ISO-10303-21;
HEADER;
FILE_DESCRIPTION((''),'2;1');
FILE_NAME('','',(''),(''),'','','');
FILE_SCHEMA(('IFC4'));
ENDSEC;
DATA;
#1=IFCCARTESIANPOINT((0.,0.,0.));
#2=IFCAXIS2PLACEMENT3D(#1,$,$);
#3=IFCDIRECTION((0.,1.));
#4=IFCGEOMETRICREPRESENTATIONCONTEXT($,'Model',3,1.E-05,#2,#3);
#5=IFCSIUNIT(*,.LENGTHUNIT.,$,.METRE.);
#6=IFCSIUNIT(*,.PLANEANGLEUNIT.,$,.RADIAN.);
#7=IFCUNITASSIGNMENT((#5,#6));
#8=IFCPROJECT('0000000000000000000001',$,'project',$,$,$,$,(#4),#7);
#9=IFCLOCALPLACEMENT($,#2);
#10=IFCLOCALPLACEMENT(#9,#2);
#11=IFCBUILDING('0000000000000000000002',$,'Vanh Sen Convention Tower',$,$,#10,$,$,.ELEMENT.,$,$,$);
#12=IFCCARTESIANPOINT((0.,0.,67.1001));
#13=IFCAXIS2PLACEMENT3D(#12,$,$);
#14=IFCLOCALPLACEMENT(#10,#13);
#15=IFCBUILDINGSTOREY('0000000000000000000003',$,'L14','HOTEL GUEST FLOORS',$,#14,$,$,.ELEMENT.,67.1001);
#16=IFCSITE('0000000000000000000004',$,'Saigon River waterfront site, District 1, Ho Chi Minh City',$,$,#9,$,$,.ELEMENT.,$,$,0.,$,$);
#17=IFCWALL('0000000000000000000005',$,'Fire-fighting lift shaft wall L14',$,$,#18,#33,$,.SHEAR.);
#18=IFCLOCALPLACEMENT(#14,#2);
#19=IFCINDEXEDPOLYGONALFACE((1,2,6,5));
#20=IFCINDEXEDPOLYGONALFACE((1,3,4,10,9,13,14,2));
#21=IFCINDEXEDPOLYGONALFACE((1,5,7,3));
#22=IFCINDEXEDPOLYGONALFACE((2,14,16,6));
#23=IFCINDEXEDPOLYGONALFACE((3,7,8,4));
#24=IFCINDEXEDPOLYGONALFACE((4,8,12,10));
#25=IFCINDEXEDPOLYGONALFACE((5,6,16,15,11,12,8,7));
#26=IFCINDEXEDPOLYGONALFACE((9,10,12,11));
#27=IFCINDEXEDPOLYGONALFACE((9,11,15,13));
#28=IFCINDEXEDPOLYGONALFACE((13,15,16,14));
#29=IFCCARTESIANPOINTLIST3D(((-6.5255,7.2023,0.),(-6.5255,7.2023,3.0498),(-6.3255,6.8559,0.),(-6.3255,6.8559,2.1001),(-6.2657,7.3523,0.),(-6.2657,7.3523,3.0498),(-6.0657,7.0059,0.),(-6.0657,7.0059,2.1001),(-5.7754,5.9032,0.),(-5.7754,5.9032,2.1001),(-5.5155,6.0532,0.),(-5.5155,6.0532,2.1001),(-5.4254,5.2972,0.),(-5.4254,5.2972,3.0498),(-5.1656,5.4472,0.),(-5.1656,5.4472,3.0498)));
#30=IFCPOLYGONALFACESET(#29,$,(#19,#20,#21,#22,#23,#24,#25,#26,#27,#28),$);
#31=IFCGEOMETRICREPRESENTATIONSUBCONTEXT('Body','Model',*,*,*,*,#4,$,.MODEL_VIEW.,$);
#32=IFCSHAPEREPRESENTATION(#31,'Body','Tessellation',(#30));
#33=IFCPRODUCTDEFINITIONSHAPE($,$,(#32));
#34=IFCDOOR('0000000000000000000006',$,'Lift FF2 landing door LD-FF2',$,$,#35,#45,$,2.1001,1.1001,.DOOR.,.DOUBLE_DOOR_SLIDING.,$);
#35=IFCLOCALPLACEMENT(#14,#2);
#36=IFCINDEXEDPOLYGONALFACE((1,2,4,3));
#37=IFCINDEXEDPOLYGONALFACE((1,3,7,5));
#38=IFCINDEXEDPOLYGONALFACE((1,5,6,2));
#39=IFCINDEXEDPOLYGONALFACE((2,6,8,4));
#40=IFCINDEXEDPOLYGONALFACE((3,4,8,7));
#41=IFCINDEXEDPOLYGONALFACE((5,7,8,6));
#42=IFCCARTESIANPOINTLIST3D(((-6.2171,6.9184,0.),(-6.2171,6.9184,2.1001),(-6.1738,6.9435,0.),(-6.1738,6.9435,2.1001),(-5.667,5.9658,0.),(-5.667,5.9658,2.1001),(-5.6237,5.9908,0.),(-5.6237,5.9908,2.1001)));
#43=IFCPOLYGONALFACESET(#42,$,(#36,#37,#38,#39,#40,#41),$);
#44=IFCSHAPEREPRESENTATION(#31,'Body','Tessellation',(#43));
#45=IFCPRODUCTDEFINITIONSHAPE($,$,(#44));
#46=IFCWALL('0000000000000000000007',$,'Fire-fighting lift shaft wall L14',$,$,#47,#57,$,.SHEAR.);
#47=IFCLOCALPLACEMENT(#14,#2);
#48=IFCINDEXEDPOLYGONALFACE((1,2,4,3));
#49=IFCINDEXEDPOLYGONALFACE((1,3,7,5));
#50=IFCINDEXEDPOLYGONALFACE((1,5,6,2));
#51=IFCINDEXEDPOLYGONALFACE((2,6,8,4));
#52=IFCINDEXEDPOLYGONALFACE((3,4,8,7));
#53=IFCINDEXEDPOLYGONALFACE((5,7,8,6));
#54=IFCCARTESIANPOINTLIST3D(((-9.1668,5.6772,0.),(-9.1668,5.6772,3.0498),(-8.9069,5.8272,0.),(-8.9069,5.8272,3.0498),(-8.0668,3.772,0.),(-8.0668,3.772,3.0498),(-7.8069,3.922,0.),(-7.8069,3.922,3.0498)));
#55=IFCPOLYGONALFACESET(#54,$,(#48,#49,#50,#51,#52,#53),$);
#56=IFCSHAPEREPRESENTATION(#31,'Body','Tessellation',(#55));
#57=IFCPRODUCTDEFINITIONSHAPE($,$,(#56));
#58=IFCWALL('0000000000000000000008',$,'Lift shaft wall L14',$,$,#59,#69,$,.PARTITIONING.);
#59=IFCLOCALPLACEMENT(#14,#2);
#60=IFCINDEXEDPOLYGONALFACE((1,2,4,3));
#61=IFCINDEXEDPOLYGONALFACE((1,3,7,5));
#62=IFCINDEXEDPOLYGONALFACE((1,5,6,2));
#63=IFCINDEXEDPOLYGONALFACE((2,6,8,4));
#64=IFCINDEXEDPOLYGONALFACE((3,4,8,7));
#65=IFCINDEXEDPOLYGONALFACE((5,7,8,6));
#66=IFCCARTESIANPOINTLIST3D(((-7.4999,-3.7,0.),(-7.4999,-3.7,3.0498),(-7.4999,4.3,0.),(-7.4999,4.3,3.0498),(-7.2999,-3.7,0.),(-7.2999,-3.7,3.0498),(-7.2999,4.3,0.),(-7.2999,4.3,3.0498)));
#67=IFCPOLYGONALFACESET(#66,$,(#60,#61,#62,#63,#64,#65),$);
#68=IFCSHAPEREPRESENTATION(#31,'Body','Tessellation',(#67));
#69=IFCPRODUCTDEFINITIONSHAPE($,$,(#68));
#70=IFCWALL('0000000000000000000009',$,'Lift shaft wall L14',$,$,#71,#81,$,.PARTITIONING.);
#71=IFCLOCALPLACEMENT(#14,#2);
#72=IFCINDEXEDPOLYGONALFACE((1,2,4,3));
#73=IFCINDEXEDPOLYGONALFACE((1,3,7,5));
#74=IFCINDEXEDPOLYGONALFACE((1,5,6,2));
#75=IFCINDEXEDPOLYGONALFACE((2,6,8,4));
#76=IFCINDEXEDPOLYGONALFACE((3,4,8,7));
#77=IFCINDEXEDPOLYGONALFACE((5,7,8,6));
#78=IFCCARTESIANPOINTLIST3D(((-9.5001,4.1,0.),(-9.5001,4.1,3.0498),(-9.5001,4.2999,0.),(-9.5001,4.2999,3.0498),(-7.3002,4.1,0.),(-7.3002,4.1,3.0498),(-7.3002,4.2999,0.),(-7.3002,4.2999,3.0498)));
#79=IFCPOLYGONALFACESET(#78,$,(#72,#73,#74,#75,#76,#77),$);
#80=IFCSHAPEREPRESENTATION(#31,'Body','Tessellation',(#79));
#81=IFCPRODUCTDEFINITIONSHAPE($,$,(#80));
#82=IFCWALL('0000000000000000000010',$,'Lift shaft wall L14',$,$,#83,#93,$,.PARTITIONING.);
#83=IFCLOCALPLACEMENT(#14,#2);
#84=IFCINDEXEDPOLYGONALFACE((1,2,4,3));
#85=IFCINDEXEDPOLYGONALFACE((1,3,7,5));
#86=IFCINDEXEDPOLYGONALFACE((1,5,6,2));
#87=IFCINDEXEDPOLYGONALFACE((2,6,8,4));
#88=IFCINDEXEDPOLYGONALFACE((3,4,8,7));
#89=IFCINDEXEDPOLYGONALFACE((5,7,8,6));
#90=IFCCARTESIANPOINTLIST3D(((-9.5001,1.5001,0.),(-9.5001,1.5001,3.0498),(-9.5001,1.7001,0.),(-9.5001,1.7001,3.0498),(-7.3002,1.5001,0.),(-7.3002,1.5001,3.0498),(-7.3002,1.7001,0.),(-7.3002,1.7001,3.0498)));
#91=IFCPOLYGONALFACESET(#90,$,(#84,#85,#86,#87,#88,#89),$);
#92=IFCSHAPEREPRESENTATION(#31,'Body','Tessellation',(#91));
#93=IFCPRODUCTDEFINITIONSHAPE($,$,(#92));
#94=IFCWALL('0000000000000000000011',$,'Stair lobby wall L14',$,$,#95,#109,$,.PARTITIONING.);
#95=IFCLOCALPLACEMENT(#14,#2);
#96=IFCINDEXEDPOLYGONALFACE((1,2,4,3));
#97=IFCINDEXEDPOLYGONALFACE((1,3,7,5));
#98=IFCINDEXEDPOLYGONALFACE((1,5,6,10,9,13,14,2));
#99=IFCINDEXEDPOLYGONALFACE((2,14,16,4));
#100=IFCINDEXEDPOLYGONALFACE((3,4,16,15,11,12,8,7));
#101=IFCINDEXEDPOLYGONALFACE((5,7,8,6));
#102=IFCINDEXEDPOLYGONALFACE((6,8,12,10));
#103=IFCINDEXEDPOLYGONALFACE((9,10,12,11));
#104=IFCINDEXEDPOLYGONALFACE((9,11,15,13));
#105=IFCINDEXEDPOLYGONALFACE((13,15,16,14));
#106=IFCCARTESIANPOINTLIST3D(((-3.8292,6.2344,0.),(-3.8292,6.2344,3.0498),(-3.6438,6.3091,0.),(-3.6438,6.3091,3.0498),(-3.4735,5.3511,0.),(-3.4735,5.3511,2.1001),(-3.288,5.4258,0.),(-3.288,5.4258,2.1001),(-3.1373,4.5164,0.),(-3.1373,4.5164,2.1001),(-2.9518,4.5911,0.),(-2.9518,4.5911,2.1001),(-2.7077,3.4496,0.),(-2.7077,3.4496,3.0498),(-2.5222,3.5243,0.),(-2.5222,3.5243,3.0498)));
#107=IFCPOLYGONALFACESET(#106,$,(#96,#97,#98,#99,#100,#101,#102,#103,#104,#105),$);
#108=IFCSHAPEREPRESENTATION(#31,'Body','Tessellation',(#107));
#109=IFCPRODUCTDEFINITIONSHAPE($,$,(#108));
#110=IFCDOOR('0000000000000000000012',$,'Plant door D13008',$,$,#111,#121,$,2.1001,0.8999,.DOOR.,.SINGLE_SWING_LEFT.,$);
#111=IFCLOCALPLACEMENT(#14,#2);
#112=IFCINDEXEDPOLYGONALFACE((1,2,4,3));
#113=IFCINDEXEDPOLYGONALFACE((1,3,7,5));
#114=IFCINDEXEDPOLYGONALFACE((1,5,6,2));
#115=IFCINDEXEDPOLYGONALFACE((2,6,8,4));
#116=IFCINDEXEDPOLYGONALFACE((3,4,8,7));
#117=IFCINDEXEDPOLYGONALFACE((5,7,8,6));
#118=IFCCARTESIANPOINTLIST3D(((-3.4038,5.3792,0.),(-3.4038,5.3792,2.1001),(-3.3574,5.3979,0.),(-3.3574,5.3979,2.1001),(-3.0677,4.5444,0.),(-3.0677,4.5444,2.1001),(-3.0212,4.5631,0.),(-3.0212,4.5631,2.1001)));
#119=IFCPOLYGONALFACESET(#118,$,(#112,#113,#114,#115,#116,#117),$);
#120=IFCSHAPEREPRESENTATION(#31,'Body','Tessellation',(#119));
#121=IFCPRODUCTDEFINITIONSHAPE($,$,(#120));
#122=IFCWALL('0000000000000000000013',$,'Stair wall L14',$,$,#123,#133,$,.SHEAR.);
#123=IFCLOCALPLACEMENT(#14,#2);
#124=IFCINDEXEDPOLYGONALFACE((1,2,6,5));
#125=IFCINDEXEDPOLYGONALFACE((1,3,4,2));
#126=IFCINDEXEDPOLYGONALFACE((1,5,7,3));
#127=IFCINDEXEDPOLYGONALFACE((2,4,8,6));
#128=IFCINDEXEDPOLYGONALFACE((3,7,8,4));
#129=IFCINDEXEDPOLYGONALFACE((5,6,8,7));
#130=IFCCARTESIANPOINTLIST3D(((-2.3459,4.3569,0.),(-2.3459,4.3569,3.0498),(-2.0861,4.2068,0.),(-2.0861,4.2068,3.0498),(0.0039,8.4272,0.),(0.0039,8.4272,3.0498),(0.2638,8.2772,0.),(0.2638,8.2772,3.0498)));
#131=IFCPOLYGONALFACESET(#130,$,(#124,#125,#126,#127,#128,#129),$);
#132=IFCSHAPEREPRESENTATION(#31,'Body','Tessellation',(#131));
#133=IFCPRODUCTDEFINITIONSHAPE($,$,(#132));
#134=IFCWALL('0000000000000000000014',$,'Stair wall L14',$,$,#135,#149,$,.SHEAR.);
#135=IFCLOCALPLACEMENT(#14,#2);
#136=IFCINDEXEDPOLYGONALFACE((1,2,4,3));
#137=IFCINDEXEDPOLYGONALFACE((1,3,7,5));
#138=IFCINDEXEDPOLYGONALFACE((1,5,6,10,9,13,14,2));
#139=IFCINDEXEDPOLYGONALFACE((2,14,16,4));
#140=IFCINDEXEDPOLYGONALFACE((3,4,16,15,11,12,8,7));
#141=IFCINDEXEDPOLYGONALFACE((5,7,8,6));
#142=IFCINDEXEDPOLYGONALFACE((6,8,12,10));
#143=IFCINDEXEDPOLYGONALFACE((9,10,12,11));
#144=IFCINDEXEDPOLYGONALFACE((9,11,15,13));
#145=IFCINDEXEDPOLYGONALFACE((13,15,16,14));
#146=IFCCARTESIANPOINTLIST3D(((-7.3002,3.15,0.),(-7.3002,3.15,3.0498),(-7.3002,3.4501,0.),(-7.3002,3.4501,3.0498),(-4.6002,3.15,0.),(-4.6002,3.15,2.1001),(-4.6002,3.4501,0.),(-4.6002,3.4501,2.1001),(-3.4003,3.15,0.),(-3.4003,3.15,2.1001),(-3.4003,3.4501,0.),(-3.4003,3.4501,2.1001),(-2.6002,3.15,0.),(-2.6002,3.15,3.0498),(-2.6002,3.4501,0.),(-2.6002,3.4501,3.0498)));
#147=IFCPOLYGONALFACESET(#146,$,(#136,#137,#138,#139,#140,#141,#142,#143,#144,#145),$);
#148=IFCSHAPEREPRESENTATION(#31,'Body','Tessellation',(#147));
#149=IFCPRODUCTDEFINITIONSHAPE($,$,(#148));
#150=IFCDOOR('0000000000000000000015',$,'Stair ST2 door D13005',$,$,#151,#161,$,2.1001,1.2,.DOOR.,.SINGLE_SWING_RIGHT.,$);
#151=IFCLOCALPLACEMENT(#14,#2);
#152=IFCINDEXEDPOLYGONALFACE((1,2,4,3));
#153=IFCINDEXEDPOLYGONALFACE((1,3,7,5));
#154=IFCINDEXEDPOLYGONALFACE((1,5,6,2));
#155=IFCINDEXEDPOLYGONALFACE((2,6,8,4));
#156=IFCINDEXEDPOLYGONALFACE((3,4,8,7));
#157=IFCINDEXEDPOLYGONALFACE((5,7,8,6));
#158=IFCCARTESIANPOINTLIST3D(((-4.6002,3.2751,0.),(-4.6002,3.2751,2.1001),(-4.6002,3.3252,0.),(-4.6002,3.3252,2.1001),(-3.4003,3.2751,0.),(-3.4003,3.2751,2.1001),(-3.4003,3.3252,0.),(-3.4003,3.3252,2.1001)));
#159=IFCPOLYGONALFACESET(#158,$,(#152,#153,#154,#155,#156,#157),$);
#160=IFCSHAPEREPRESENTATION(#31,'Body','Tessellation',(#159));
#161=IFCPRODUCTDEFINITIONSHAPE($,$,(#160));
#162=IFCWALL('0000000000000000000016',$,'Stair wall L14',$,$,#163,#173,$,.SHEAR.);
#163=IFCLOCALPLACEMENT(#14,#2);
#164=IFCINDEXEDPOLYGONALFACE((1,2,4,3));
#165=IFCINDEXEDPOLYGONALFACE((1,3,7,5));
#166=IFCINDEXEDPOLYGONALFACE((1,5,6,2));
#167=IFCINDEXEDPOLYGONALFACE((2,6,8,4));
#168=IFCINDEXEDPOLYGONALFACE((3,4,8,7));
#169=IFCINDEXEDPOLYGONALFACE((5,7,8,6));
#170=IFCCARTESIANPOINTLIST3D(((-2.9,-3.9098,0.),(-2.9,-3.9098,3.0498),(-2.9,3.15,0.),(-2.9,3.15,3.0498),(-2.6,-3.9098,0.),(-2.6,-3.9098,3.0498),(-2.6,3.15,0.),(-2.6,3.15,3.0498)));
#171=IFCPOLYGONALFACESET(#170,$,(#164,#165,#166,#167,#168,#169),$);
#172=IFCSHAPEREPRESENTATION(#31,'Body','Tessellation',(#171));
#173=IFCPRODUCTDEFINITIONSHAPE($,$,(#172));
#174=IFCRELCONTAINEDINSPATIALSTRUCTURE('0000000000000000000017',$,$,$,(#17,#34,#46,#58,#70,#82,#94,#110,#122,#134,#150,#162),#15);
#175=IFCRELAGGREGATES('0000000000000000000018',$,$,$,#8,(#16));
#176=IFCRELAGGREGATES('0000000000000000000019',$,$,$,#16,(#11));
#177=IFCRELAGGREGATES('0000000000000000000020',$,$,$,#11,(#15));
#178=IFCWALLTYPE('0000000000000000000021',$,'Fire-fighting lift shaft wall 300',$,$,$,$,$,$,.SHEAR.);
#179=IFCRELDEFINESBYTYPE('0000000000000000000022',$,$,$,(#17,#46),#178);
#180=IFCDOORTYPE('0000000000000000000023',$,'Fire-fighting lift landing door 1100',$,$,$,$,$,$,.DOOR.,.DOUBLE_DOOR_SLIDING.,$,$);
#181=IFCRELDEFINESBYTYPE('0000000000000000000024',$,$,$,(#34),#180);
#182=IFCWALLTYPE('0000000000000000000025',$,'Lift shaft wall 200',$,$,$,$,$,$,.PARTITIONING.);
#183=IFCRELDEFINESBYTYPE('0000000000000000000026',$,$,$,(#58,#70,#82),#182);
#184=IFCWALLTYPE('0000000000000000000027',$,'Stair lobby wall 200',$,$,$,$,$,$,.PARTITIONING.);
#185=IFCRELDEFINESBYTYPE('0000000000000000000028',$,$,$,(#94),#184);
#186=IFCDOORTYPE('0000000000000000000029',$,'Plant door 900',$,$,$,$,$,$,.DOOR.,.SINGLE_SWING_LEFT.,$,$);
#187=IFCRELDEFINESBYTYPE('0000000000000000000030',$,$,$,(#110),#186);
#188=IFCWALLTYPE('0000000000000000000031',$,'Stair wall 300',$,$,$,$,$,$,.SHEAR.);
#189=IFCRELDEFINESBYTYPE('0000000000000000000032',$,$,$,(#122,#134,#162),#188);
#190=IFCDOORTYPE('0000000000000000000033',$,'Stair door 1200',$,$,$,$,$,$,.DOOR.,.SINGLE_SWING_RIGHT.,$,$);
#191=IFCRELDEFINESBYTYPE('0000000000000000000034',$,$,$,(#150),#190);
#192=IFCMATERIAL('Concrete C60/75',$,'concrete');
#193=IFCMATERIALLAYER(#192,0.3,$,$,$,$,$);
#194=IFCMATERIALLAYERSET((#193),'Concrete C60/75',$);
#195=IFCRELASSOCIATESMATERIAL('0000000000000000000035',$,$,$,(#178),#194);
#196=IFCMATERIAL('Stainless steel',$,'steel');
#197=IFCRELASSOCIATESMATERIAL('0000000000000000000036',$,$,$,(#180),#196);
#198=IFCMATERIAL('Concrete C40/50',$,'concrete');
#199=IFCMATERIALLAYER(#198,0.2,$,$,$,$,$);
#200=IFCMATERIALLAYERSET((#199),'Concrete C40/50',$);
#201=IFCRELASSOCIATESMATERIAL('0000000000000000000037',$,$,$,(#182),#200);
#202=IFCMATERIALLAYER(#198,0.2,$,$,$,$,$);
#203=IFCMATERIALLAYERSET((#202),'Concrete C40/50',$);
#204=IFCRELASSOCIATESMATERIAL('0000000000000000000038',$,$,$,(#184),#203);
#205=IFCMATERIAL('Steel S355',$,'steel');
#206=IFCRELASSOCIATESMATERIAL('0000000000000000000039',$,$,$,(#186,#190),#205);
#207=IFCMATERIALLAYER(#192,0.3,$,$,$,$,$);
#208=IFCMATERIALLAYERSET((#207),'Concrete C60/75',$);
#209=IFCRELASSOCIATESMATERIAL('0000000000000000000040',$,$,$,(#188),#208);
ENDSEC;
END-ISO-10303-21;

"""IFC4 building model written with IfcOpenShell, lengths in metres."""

from ifc_helpers import new_model, si_unit, direction, frame, frame_2d, origin, place, context, subcontext, project, spatial, rectangle, extrude, material, layer, layer_set, type_object, element, fill, save


model = new_model("IFC4")

# Units and contexts
model_context = context("Model", 3, precision=1e-05, world=origin(), true_north=direction((0.0, 1.0)))
body_context = subcontext(model_context, "Body", "Model", "MODEL_VIEW")
ifc_project = project(units=[si_unit("LENGTHUNIT", "METRE"), si_unit("PLANEANGLEUNIT", "RADIAN")], contexts=[model_context])

# Site, building, storey
site_placement = place(None, origin())
site = spatial("IfcSite", under=ifc_project, at=site_placement, Name="Saigon River waterfront site, District 1, Ho Chi Minh City", CompositionType="ELEMENT", RefElevation=0.0)
building_placement = place(site_placement, origin())
building = spatial("IfcBuilding", under=site, at=building_placement, Name="Vanh Sen Convention Tower", CompositionType="ELEMENT")
storey_placement = place(building_placement, frame((0.0, 0.0, 67.1001)))
storey = spatial("IfcBuildingStorey", under=building, at=storey_placement, Name="L14", Description="HOTEL GUEST FLOORS", CompositionType="ELEMENT", Elevation=67.1001)

# Wall, opening, door
ifc_material_1 = material(Name="Concrete C60/75", Category="concrete")
ifc_layer_1 = layer(ifc_material_1, 0.3)
ifc_layer_set_1 = layer_set([ifc_layer_1], Name="Concrete C60/75")
wall_type_1 = type_object("IfcWallType", Name="Fire-fighting lift shaft wall 300", PredefinedType="SHEAR", material=ifc_layer_set_1)
wall_1_placement = place(storey_placement, frame((-5.2954, 5.3721, 0.0), z_axis=(0.0, 0.0, 1.0), x_axis=(-0.500078, 0.86598, 0.0)))
wall_1 = element("IfcWall", 1, at=wall_1_placement, inside=storey, type_object=wall_type_1, Name="Fire-fighting lift shaft wall L14", PredefinedType="SHEAR", context=body_context, shape_type="SweptSolid", body=[
    extrude(rectangle(XDim=2.2, YDim=0.3, at=frame_2d((1.1001, 0.0))), origin(), (0.0, 0.0, 1.0), 3.0498),
])
opening_1_placement = place(wall_1_placement, frame((0.7, 0.0, 0.0)))
opening_1 = element("IfcOpeningElement", 2, at=opening_1_placement, cuts=wall_1, PredefinedType="OPENING", context=body_context, shape_type="SweptSolid", body=[
    extrude(rectangle(XDim=1.1001, YDim=2.1001, at=frame_2d((0.55, 1.05))), frame((0.0, 0.1599, 0.0), z_axis=(0.0, -1.0, 0.0), x_axis=(1.0, 0.0, 0.0)), (0.0, 0.0, 1.0), 0.3201),
])
ifc_material_2 = material(Name="Stainless steel", Category="steel")
door_type_1 = type_object("IfcDoorType", Name="Fire-fighting lift landing door 1100", OperationType="DOUBLE_DOOR_SLIDING", PredefinedType="DOOR", material=ifc_material_2)
door_1_placement = place(opening_1_placement, origin())
door_1 = element("IfcDoor", 3, at=door_1_placement, inside=storey, type_object=door_type_1, Name="Lift FF2 landing door LD-FF2", OperationType="DOUBLE_DOOR_SLIDING", OverallHeight=2.1001, OverallWidth=1.1001, PredefinedType="DOOR", context=body_context, shape_type="SweptSolid", body=[
    extrude(rectangle(XDim=1.1001, YDim=2.1001, at=frame_2d((0.55, 1.05))), frame((0.0, 0.0249, 0.0), z_axis=(0.0, -1.0, 0.0), x_axis=(1.0, 0.0, 0.0)), (0.0, 0.0, 1.0), 0.05),
])
fill(opening_1, door_1)

# Walls
wall_2_placement = place(storey_placement, frame((-7.9368, 3.8469, 0.0), z_axis=(0.0, 0.0, 1.0), x_axis=(-0.50003, 0.866008, 0.0)))
element("IfcWall", 4, at=wall_2_placement, inside=storey, type_object=wall_type_1, Name="Fire-fighting lift shaft wall L14", PredefinedType="SHEAR", context=body_context, shape_type="SweptSolid", body=[
    extrude(rectangle(XDim=2.2, YDim=0.3, at=frame_2d((1.1001, 0.0))), origin(), (0.0, 0.0, 1.0), 3.0498),
])
ifc_material_3 = material(Name="Concrete C40/50", Category="concrete")
ifc_layer_2 = layer(ifc_material_3, 0.2)
ifc_layer_set_2 = layer_set([ifc_layer_2], Name="Concrete C40/50")
wall_type_2 = type_object("IfcWallType", Name="Lift shaft wall 200", PredefinedType="PARTITIONING", material=ifc_layer_set_2)
wall_3_placement = place(storey_placement, frame((-7.3999, 4.3, 0.0), z_axis=(0.0, 0.0, 1.0), x_axis=(0.0, -1.0, 0.0)))
element("IfcWall", 5, at=wall_3_placement, inside=storey, type_object=wall_type_2, Name="Lift shaft wall L14", PredefinedType="PARTITIONING", context=body_context, shape_type="SweptSolid", body=[
    extrude(rectangle(XDim=8.0, YDim=0.2, at=frame_2d((4.0, 0.0))), origin(), (0.0, 0.0, 1.0), 3.0498),
])
for number, where, z_axis, x_axis, name in (
    (6, (-7.3, 4.2, 0.0), (0.0, 0.0, 1.0), (-1.0, 0.0, 0.0), "Lift shaft wall L14"),
    (7, (-7.3, 1.6001, 0.0), (0.0, 0.0, 1.0), (-1.0, 0.0, 0.0), "Lift shaft wall L14"),
):
    element("IfcWall", number, at=place(storey_placement, frame(where, z_axis=z_axis, x_axis=x_axis)), inside=storey, type_object=wall_type_2, Name=name, PredefinedType="PARTITIONING", context=body_context, shape_type="SweptSolid", body=[
        extrude(rectangle(XDim=2.2, YDim=0.2, at=frame_2d((1.1001, 0.0))), origin(), (0.0, 0.0, 1.0), 3.0498),
    ])

# Wall, opening, door
ifc_layer_3 = layer(ifc_material_3, 0.2)
ifc_layer_set_3 = layer_set([ifc_layer_3], Name="Concrete C40/50")
wall_type_3 = type_object("IfcWallType", Name="Stair lobby wall 200", PredefinedType="PARTITIONING", material=ifc_layer_set_3)
wall_4_placement = place(storey_placement, frame((-2.615, 3.4871, 0.0), z_axis=(0.0, 0.0, 1.0), x_axis=(-0.373577, 0.927599, 0.0)))
wall_4 = element("IfcWall", 8, at=wall_4_placement, inside=storey, type_object=wall_type_3, Name="Stair lobby wall L14", PredefinedType="PARTITIONING", context=body_context, shape_type="SweptSolid", body=[
    extrude(rectangle(XDim=3.0022, YDim=0.2, at=frame_2d((1.501, 0.0))), origin(), (0.0, 0.0, 1.0), 3.0498),
])
opening_2_placement = place(wall_4_placement, frame((1.1499, 0.0, 0.0)))
opening_2 = element("IfcOpeningElement", 9, at=opening_2_placement, cuts=wall_4, PredefinedType="OPENING", context=body_context, shape_type="SweptSolid", body=[
    extrude(rectangle(XDim=0.8999, YDim=2.1001, at=frame_2d((0.45, 1.05))), frame((0.0, 0.1099, 0.0), z_axis=(0.0, -1.0, 0.0), x_axis=(1.0, 0.0, 0.0)), (0.0, 0.0, 1.0), 0.22),
])
ifc_material_4 = material(Name="Steel S355", Category="steel")
door_type_2 = type_object("IfcDoorType", Name="Plant door 900", OperationType="SINGLE_SWING_LEFT", PredefinedType="DOOR", material=ifc_material_4)
door_2_placement = place(opening_2_placement, origin())
door_2 = element("IfcDoor", 10, at=door_2_placement, inside=storey, type_object=door_type_2, Name="Plant door D13008", OperationType="SINGLE_SWING_LEFT", OverallHeight=2.1001, OverallWidth=0.8999, PredefinedType="DOOR", context=body_context, shape_type="SweptSolid", body=[
    extrude(rectangle(XDim=0.8999, YDim=2.1001, at=frame_2d((0.45, 1.05))), frame((0.0, 0.0249, 0.0), z_axis=(0.0, -1.0, 0.0), x_axis=(1.0, 0.0, 0.0)), (0.0, 0.0, 1.0), 0.05),
])
fill(opening_2, door_2)

# Wall
ifc_layer_4 = layer(ifc_material_1, 0.3)
ifc_layer_set_4 = layer_set([ifc_layer_4], Name="Concrete C60/75")
wall_type_4 = type_object("IfcWallType", Name="Stair wall 300", PredefinedType="SHEAR", material=ifc_layer_set_4)
wall_5_placement = place(storey_placement, frame((-2.2161, 4.2817, 0.0), z_axis=(0.0, 0.0, 1.0), x_axis=(0.499977, 0.866039, 0.0)))
element("IfcWall", 11, at=wall_5_placement, inside=storey, type_object=wall_type_4, Name="Stair wall L14", PredefinedType="SHEAR", context=body_context, shape_type="SweptSolid", body=[
    extrude(rectangle(XDim=4.7, YDim=0.3, at=frame_2d((2.3501, 0.0))), origin(), (0.0, 0.0, 1.0), 3.0498),
])

# Wall, opening, door
wall_6_placement = place(storey_placement, frame((-2.6001, 3.3, 0.0), z_axis=(0.0, 0.0, 1.0), x_axis=(-1.0, 0.0, 0.0)))
wall_6 = element("IfcWall", 12, at=wall_6_placement, inside=storey, type_object=wall_type_4, Name="Stair wall L14", PredefinedType="SHEAR", context=body_context, shape_type="SweptSolid", body=[
    extrude(rectangle(XDim=4.7, YDim=0.3, at=frame_2d((2.3501, 0.0))), origin(), (0.0, 0.0, 1.0), 3.0498),
])
opening_3_placement = place(wall_6_placement, frame((0.8, 0.0, 0.0)))
opening_3 = element("IfcOpeningElement", 13, at=opening_3_placement, cuts=wall_6, PredefinedType="OPENING", context=body_context, shape_type="SweptSolid", body=[
    extrude(rectangle(XDim=1.2, YDim=2.1001, at=frame_2d((0.6001, 1.05))), frame((0.0, 0.1599, 0.0), z_axis=(0.0, -1.0, 0.0), x_axis=(1.0, 0.0, 0.0)), (0.0, 0.0, 1.0), 0.3201),
])
door_type_3 = type_object("IfcDoorType", Name="Stair door 1200", OperationType="SINGLE_SWING_RIGHT", PredefinedType="DOOR", material=ifc_material_4)
door_3_placement = place(opening_3_placement, origin())
door_3 = element("IfcDoor", 14, at=door_3_placement, inside=storey, type_object=door_type_3, Name="Stair ST2 door D13005", OperationType="SINGLE_SWING_RIGHT", OverallHeight=2.1001, OverallWidth=1.2, PredefinedType="DOOR", context=body_context, shape_type="SweptSolid", body=[
    extrude(rectangle(XDim=1.2, YDim=2.1001, at=frame_2d((0.6001, 1.05))), frame((0.0, 0.0249, 0.0), z_axis=(0.0, -1.0, 0.0), x_axis=(1.0, 0.0, 0.0)), (0.0, 0.0, 1.0), 0.05),
])
fill(opening_3, door_3)

# Wall
for number, where, z_axis, x_axis, name in (
    (15, (-2.75, 3.1499, 0.0), (0.0, 0.0, 1.0), (0.0, -1.0, 0.0), "Stair wall L14"),
):
    element("IfcWall", number, at=place(storey_placement, frame(where, z_axis=z_axis, x_axis=x_axis)), inside=storey, type_object=wall_type_4, Name=name, PredefinedType="SHEAR", context=body_context, shape_type="SweptSolid", body=[
        extrude(rectangle(XDim=7.0598, YDim=0.3, at=frame_2d((3.5298, 0.0))), origin(), (0.0, 0.0, 1.0), 3.0498),
    ])

save(model, "model.ifc")
